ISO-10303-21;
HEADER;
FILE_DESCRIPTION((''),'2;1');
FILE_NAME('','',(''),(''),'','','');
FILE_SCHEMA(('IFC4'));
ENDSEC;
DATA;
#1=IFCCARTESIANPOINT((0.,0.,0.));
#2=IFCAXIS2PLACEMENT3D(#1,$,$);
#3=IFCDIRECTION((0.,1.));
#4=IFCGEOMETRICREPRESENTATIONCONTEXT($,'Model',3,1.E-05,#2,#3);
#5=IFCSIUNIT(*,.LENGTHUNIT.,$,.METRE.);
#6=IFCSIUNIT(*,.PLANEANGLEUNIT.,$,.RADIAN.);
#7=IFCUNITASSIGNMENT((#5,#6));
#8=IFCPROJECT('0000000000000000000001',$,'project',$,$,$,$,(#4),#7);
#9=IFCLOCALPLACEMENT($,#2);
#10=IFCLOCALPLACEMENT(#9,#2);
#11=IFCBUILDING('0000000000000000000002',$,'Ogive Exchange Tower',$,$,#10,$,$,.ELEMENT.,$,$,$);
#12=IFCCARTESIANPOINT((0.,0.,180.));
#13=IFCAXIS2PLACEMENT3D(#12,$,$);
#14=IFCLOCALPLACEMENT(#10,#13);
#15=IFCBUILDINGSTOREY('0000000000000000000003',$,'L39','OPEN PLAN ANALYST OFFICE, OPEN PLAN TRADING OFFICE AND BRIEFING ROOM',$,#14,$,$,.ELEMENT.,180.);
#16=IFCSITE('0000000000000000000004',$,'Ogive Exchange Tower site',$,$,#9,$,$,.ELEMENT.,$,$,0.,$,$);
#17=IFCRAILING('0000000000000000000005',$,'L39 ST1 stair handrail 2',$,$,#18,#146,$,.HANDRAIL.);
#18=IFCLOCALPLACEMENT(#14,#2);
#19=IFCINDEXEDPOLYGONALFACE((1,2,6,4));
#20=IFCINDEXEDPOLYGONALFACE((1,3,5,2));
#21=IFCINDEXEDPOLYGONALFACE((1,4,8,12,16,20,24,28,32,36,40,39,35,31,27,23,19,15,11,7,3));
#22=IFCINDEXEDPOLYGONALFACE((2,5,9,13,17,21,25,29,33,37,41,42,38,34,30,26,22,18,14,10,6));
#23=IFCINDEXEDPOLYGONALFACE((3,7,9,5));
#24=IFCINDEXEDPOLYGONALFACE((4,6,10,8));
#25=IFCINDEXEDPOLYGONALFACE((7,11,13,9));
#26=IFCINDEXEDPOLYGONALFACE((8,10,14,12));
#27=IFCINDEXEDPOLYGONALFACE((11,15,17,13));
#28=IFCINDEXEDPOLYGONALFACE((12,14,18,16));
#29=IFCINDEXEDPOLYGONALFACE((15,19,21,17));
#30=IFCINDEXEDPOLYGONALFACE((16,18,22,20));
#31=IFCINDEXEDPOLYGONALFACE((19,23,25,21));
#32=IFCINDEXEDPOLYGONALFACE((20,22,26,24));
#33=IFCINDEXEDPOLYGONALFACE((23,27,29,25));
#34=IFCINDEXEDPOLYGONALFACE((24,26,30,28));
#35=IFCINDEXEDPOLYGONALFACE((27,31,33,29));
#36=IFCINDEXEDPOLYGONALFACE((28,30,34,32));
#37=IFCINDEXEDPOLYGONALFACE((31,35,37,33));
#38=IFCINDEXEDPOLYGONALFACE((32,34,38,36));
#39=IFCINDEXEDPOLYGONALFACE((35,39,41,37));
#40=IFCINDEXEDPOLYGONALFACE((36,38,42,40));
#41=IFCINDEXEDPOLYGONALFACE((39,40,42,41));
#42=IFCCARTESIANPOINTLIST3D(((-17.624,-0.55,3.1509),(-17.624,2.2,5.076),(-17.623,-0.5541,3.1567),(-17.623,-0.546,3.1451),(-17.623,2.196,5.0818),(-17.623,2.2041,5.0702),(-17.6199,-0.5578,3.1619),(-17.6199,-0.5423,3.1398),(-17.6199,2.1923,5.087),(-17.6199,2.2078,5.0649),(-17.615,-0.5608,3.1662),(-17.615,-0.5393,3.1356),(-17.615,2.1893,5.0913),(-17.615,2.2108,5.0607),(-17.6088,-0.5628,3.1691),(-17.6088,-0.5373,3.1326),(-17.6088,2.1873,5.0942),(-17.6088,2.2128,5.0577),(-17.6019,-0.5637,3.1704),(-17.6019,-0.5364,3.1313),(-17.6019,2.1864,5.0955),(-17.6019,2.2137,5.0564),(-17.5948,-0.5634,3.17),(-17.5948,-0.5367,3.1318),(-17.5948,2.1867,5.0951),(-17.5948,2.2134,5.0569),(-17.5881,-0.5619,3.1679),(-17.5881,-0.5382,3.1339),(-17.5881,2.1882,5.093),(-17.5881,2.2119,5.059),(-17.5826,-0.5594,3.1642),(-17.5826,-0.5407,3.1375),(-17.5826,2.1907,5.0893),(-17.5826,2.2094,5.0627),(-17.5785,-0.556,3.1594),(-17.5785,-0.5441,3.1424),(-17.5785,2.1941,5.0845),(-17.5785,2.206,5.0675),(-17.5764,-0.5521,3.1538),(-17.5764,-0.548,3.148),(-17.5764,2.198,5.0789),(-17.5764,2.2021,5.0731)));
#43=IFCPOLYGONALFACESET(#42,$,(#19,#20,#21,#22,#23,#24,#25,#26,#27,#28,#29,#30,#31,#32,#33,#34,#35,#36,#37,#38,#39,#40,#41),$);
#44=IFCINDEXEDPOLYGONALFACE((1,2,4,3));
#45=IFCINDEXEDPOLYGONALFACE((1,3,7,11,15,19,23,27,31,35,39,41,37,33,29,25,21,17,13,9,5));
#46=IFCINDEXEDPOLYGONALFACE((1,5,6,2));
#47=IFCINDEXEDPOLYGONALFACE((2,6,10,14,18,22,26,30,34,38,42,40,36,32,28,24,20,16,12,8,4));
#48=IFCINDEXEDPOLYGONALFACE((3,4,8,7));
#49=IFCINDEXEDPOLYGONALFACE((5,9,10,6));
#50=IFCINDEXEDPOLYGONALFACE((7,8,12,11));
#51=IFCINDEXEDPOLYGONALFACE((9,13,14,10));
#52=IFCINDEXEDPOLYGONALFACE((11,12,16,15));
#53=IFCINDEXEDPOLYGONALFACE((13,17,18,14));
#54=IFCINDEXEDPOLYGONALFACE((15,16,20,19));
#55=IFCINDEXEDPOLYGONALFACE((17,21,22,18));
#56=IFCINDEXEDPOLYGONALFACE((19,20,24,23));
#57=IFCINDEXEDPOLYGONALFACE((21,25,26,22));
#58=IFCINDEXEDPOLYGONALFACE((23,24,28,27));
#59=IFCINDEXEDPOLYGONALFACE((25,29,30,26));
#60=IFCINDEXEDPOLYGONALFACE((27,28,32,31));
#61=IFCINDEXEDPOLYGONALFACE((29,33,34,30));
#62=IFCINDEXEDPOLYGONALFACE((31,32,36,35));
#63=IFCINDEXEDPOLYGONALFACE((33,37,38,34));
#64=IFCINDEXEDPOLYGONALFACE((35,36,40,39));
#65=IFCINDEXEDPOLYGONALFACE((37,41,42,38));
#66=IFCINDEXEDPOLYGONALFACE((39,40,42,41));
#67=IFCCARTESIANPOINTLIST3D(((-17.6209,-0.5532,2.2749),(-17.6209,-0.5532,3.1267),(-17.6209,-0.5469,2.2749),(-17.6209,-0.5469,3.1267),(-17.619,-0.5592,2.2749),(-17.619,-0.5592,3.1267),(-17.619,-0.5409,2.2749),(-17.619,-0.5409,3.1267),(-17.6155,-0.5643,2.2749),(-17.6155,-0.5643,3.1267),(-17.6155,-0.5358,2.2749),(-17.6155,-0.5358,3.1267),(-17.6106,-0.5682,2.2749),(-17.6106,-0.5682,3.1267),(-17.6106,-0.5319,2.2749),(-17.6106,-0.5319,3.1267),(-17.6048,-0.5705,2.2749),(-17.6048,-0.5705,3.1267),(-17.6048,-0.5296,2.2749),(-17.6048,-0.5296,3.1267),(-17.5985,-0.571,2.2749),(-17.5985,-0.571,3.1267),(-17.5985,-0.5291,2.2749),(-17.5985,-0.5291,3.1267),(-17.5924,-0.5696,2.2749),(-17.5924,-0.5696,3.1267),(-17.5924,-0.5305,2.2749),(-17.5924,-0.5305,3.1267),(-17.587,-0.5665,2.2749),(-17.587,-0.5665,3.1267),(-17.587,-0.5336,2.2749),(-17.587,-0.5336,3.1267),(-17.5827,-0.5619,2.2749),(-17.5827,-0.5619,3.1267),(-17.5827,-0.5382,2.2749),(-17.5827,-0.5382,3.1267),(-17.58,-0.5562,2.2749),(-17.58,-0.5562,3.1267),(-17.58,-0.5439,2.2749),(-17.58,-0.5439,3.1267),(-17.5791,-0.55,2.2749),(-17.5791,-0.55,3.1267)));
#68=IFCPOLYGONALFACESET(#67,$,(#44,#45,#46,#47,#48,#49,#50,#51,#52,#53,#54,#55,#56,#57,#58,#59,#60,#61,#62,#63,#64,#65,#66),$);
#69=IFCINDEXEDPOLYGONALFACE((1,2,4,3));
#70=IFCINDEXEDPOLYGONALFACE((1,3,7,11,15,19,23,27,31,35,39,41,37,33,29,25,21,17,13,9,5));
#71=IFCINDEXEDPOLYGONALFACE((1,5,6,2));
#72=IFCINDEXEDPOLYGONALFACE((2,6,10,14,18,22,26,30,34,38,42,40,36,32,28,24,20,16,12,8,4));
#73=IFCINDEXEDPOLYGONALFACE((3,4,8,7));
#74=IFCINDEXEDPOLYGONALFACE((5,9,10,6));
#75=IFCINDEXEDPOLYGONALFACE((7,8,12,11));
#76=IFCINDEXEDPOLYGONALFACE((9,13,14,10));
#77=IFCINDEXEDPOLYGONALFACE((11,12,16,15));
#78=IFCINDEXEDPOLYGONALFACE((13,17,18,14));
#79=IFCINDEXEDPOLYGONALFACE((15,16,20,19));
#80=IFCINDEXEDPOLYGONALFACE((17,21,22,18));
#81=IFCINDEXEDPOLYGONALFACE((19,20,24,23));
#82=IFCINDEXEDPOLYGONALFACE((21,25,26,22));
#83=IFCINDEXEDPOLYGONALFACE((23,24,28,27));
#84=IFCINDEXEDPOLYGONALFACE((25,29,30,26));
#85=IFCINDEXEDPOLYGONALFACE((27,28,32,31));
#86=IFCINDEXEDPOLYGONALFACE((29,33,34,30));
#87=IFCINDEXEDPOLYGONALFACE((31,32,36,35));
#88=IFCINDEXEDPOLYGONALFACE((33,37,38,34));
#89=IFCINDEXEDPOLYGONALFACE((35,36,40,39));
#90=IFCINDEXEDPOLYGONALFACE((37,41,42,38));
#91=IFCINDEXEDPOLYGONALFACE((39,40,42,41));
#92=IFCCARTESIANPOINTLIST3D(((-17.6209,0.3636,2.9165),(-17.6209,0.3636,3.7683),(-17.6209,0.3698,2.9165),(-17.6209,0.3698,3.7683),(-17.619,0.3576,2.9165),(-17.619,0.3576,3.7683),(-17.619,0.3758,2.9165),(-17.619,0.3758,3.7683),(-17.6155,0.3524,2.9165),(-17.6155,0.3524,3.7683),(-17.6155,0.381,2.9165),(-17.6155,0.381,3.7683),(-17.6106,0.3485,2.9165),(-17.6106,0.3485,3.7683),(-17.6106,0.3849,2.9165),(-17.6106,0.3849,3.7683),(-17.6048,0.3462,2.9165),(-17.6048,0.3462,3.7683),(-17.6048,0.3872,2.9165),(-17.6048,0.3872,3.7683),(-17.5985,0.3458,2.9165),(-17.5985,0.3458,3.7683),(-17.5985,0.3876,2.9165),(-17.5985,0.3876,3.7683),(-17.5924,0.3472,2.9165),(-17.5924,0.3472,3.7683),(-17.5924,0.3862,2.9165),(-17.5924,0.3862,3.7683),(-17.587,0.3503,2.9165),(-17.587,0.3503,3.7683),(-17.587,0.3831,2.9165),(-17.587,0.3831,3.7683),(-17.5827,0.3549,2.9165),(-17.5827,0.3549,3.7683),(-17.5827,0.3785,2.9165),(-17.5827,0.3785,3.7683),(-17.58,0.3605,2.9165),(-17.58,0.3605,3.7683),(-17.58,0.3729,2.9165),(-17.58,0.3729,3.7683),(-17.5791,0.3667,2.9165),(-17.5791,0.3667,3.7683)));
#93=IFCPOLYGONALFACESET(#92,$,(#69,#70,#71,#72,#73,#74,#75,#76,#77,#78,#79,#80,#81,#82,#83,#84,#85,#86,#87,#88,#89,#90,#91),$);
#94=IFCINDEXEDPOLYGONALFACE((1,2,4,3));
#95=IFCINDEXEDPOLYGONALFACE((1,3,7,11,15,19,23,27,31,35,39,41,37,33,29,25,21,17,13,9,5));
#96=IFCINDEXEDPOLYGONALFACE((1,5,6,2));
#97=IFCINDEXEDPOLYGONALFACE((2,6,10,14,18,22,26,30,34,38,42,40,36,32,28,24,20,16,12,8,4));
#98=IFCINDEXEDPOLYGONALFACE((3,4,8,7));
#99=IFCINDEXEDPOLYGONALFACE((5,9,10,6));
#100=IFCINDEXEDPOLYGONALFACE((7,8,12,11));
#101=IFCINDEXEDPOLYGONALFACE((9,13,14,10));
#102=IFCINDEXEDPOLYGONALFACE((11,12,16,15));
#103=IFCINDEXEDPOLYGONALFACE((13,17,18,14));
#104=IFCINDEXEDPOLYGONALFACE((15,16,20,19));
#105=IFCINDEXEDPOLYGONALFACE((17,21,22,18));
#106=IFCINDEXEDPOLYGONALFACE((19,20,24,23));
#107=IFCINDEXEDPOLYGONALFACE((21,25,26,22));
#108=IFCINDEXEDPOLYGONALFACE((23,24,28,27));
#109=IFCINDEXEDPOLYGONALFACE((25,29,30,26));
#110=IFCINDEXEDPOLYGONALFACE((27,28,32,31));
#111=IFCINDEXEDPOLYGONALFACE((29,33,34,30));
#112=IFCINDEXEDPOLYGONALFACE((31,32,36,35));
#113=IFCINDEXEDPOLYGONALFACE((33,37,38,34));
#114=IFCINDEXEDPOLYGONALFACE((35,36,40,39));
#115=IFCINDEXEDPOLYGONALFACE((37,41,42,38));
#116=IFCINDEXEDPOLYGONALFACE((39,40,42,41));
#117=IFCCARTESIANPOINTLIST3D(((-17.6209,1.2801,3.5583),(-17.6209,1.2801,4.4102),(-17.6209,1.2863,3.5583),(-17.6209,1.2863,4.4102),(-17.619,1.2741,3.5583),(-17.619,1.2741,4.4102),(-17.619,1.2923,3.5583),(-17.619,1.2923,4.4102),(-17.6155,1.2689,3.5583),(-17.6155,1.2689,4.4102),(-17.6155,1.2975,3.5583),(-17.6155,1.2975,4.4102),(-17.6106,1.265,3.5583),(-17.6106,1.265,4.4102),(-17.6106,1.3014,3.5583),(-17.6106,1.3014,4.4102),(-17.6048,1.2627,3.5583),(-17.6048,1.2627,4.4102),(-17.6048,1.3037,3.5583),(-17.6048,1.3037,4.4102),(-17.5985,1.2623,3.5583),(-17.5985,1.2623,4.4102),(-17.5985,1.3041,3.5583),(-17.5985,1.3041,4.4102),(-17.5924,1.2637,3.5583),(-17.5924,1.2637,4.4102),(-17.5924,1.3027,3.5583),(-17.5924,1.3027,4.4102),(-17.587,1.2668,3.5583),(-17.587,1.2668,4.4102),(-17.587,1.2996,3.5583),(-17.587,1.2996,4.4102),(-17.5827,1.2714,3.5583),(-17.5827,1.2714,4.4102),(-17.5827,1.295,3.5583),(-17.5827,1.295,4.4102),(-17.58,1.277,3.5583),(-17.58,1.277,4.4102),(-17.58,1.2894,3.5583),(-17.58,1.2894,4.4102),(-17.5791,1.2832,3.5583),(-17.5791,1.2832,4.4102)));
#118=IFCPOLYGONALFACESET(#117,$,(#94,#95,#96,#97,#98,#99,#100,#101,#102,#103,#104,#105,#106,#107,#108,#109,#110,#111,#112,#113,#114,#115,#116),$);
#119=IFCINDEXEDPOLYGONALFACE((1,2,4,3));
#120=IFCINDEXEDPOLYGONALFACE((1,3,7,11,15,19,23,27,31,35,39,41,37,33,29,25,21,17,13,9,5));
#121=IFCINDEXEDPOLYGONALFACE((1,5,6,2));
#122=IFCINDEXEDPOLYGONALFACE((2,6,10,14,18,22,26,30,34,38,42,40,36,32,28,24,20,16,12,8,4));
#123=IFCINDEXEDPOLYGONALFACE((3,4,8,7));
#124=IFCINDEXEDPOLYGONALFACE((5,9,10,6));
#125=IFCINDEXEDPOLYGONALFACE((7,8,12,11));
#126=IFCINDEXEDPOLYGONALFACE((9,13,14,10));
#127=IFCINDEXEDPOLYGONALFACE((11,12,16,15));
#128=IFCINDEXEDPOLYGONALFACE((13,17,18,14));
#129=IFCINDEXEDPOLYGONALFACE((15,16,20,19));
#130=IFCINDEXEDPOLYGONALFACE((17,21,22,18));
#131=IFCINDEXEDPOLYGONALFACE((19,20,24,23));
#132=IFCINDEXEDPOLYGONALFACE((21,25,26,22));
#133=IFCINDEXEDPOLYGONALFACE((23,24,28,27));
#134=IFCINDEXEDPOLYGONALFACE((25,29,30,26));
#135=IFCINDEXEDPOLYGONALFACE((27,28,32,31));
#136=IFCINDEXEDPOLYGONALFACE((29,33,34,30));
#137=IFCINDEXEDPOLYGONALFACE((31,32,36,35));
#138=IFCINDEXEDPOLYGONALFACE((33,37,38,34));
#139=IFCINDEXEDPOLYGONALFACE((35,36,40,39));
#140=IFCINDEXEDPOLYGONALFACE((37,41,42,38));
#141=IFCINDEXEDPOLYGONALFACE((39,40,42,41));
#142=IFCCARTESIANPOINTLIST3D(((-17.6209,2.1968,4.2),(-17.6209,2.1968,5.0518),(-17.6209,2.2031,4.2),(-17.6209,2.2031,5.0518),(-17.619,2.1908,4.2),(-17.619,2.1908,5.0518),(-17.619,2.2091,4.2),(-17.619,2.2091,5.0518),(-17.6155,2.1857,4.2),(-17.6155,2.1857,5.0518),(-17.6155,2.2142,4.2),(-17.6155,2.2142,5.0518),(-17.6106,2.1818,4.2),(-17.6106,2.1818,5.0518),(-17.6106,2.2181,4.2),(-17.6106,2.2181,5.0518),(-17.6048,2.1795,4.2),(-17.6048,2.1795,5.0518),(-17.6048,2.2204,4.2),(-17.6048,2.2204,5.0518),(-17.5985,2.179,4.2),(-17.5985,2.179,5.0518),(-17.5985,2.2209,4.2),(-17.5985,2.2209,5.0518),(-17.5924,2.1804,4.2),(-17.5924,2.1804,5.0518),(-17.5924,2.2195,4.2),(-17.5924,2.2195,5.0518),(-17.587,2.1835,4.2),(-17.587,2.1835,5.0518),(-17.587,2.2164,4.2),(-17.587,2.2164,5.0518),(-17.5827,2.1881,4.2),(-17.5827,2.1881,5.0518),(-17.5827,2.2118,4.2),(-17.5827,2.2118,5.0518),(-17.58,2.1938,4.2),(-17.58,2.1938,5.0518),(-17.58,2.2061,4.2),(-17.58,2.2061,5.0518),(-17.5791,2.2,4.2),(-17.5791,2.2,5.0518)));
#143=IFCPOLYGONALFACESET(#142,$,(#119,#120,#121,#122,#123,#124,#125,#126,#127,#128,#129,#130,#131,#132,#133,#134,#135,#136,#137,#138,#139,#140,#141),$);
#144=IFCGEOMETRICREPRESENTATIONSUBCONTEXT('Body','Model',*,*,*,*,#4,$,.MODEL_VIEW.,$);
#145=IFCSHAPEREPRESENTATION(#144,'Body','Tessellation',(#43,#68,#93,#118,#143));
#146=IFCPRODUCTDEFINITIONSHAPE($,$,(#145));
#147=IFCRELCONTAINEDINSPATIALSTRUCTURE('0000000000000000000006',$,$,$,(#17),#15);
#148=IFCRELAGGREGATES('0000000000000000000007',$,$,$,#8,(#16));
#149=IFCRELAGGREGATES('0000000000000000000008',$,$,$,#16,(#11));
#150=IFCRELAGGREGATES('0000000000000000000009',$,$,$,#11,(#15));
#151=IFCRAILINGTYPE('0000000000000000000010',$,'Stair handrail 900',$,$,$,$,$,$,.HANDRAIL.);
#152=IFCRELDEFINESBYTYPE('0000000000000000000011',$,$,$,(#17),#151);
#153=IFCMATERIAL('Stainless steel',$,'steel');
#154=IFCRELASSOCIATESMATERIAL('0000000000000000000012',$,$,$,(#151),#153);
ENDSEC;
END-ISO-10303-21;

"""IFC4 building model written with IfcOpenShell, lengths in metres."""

from ifc_helpers import new_model, si_unit, direction, frame, origin, origin_2d, place, context, subcontext, project, spatial, circle, extrude, material, type_object, element, save


model = new_model("IFC4")

# Units and contexts
model_context = context("Model", 3, precision=1e-05, world=origin(), true_north=direction((0.0, 1.0)))
body_context = subcontext(model_context, "Body", "Model", "MODEL_VIEW")
ifc_project = project(units=[si_unit("LENGTHUNIT", "METRE"), si_unit("PLANEANGLEUNIT", "RADIAN")], contexts=[model_context])

# Site, building, storey
site_placement = place(None, origin())
site = spatial("IfcSite", under=ifc_project, at=site_placement, Name="Ogive Exchange Tower site", CompositionType="ELEMENT", RefElevation=0.0)
building_placement = place(site_placement, origin())
building = spatial("IfcBuilding", under=site, at=building_placement, Name="Ogive Exchange Tower", CompositionType="ELEMENT")
storey_placement = place(building_placement, frame((0.0, 0.0, 180.0)))
storey = spatial("IfcBuildingStorey", under=building, at=storey_placement, Name="L39", Description="OPEN PLAN ANALYST OFFICE, OPEN PLAN TRADING OFFICE AND BRIEFING ROOM", CompositionType="ELEMENT", Elevation=180.0)

# Shared definitions
ifc_material_1 = material(Name="Stainless steel", Category="steel")

# Railing
railing_type = type_object("IfcRailingType", Name="Stair handrail 900", PredefinedType="HANDRAIL", material=ifc_material_1)
railing_placement = place(storey_placement, frame((-17.6001, -0.55, 2.2749)))
element("IfcRailing", 1, at=railing_placement, inside=storey, type_object=railing_type, Name="L39 ST1 stair handrail 2", PredefinedType="HANDRAIL", context=body_context, shape_type="SweptSolid", body=[
    extrude(circle(Radius=0.0239, at=origin_2d()), frame((0.0, 0.0, 0.876), z_axis=(0.0, 0.819225, 0.573472), x_axis=(-1.0, 0.0, 0.0)), (0.0, 0.0, 1.0), 3.3569),
    extrude(circle(Radius=0.021, at=origin_2d()), origin(), (0.0, 0.0, 1.0), 0.8518),
    extrude(circle(Radius=0.021, at=origin_2d()), frame((0.0, 0.9167, 0.6416)), (0.0, 0.0, 1.0), 0.8518),
    extrude(circle(Radius=0.021, at=origin_2d()), frame((0.0, 1.8333, 1.2834)), (0.0, 0.0, 1.0), 0.8518),
    extrude(circle(Radius=0.021, at=origin_2d()), frame((0.0, 2.75, 1.925)), (0.0, 0.0, 1.0), 0.8518),
])

save(model, "model.ifc")
